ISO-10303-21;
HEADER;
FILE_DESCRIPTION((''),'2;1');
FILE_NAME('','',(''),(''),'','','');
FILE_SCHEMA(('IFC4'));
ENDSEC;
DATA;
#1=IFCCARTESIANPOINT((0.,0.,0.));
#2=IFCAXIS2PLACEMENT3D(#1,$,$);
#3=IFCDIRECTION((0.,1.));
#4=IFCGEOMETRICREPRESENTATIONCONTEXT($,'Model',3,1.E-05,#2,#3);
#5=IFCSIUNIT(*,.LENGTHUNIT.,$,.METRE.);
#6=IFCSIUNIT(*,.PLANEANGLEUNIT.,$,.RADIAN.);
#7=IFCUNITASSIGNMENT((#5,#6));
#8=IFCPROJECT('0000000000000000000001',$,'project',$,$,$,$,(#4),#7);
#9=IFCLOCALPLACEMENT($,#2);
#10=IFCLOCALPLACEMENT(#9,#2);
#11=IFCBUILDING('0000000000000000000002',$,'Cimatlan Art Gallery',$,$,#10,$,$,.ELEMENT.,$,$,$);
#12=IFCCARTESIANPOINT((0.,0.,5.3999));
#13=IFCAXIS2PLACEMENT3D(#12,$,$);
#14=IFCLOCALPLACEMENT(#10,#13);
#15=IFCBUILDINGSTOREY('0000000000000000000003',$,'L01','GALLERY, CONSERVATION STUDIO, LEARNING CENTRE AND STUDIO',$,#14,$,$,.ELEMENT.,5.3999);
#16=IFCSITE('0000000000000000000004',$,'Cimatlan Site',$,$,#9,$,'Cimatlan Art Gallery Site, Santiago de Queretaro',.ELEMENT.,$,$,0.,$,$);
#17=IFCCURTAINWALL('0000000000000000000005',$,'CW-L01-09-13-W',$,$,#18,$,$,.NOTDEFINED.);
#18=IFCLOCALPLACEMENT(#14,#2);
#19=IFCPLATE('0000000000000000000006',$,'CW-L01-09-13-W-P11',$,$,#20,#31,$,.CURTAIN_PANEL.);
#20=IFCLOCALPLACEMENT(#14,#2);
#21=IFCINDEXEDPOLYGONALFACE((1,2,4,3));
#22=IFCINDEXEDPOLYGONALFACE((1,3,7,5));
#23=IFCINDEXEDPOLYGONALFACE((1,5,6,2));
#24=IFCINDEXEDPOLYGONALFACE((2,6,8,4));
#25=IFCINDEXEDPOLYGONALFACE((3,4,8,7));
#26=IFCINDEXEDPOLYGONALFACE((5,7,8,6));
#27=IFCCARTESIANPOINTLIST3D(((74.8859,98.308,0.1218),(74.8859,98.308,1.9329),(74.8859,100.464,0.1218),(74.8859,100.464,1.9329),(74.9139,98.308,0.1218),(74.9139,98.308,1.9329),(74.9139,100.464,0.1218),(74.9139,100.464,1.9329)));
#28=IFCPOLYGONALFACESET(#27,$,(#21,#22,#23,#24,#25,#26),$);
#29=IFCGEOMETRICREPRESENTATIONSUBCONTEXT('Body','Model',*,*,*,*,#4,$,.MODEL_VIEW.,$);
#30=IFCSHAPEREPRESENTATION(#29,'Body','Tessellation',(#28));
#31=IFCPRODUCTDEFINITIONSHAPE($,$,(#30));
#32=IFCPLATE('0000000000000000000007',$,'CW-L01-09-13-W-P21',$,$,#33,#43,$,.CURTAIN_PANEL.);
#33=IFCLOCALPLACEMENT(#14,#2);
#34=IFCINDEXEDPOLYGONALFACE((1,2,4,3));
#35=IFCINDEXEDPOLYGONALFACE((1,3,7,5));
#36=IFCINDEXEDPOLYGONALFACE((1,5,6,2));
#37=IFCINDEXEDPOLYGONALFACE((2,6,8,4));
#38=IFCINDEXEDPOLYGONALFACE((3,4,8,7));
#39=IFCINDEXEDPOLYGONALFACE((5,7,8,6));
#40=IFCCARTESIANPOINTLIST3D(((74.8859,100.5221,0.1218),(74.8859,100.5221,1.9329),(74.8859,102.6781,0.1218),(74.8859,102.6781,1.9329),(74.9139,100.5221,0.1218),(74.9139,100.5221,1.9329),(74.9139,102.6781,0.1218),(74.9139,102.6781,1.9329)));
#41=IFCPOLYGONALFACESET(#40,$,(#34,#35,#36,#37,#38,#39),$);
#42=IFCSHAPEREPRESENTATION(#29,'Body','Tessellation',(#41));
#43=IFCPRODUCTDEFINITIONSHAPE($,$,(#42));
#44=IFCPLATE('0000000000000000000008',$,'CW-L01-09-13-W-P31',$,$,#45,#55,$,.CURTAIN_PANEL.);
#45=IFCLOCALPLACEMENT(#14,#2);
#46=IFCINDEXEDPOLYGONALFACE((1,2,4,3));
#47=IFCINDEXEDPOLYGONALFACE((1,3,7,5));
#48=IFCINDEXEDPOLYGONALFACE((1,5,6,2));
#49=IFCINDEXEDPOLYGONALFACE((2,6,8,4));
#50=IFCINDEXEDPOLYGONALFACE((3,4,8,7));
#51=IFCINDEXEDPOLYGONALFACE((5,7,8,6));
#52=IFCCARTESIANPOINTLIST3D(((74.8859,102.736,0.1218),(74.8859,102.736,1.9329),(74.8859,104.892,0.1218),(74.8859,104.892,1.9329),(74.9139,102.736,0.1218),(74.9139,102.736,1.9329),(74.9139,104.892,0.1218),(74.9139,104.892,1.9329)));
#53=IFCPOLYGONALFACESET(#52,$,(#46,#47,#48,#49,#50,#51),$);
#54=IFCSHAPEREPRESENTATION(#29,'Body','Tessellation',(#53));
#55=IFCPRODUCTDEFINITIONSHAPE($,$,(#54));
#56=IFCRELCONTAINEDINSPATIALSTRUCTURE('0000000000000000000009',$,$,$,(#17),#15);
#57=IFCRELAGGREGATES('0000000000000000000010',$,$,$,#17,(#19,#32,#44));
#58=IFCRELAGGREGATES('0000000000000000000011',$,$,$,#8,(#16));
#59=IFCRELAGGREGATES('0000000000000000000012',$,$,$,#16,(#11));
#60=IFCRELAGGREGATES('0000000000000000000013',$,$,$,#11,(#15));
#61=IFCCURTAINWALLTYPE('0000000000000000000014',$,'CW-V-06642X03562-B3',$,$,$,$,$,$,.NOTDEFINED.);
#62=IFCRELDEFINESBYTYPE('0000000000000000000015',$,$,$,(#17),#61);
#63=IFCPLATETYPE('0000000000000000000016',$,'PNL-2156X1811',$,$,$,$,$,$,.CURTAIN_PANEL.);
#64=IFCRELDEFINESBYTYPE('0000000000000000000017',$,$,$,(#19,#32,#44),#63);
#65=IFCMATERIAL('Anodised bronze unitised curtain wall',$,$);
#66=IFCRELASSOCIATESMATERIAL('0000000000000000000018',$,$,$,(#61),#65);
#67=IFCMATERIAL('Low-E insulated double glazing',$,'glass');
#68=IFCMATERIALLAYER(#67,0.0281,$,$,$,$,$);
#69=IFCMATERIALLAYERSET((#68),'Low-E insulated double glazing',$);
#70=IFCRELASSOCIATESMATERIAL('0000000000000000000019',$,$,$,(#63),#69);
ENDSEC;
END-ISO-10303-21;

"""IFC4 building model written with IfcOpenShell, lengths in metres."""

from ifc_helpers import new_model, si_unit, direction, frame, origin, origin_2d, place, context, subcontext, project, spatial, rectangle, extrude, material, layer, layer_set, type_object, element, aggregate, save


model = new_model("IFC4")

# Units and contexts
model_context = context("Model", 3, precision=1e-05, world=origin(), true_north=direction((0.0, 1.0)))
body_context = subcontext(model_context, "Body", "Model", "MODEL_VIEW")
ifc_project = project(units=[si_unit("LENGTHUNIT", "METRE"), si_unit("PLANEANGLEUNIT", "RADIAN")], contexts=[model_context])

# Site, building, storey
site_placement = place(None, origin())
site = spatial("IfcSite", under=ifc_project, at=site_placement, Name="Cimatlan Site", LongName="Cimatlan Art Gallery Site, Santiago de Queretaro", CompositionType="ELEMENT", RefElevation=0.0)
building_placement = place(site_placement, origin())
building = spatial("IfcBuilding", under=site, at=building_placement, Name="Cimatlan Art Gallery", CompositionType="ELEMENT")
storey_placement = place(building_placement, frame((0.0, 0.0, 5.3999)))
storey = spatial("IfcBuildingStorey", under=building, at=storey_placement, Name="L01", Description="GALLERY, CONSERVATION STUDIO, LEARNING CENTRE AND STUDIO", CompositionType="ELEMENT", Elevation=5.3999)

# Curtain wall
ifc_material_1 = material(Name="Anodised bronze unitised curtain wall")
curtain_wall_type_1 = type_object("IfcCurtainWallType", Name="CW-V-06642X03562-B3", PredefinedType="NOTDEFINED", material=ifc_material_1)
curtain_wall_1_placement = place(storey_placement, origin())
curtain_wall_1 = element("IfcCurtainWall", 1, at=curtain_wall_1_placement, inside=storey, type_object=curtain_wall_type_1, Name="CW-L01-09-13-W", PredefinedType="NOTDEFINED")

# Shared definitions
ifc_material_2 = material(Name="Low-E insulated double glazing", Category="glass")

# Plates
ifc_layer_1 = layer(ifc_material_2, 0.0281)
ifc_layer_set_1 = layer_set([ifc_layer_1], Name="Low-E insulated double glazing")
plate_type_1 = type_object("IfcPlateType", Name="PNL-2156X1811", PredefinedType="CURTAIN_PANEL", material=ifc_layer_set_1)
plate_1_placement = place(storey_placement, frame((74.8999, 99.386, 0.1218), z_axis=(0.0, 0.0, 1.0), x_axis=(0.0, 1.0, 0.0)))
plate_1 = element("IfcPlate", 2, at=plate_1_placement, type_object=plate_type_1, Name="CW-L01-09-13-W-P11", PredefinedType="CURTAIN_PANEL", context=body_context, shape_type="SweptSolid", body=[
    extrude(rectangle(XDim=2.156, YDim=0.0281, at=origin_2d()), origin(), (0.0, 0.0, 1.0), 1.811),
])
plate_2_placement = place(storey_placement, frame((74.8999, 101.6001, 0.1218), z_axis=(0.0, 0.0, 1.0), x_axis=(0.0, 1.0, 0.0)))
plate_2 = element("IfcPlate", 3, at=plate_2_placement, type_object=plate_type_1, Name="CW-L01-09-13-W-P21", PredefinedType="CURTAIN_PANEL", context=body_context, shape_type="SweptSolid", body=[
    extrude(rectangle(XDim=2.156, YDim=0.0281, at=origin_2d()), origin(), (0.0, 0.0, 1.0), 1.811),
])
plate_3_placement = place(storey_placement, frame((74.8999, 103.814, 0.1218), z_axis=(0.0, 0.0, 1.0), x_axis=(0.0, 1.0, 0.0)))
plate_3 = element("IfcPlate", 4, at=plate_3_placement, type_object=plate_type_1, Name="CW-L01-09-13-W-P31", PredefinedType="CURTAIN_PANEL", context=body_context, shape_type="SweptSolid", body=[
    extrude(rectangle(XDim=2.156, YDim=0.0281, at=origin_2d()), origin(), (0.0, 0.0, 1.0), 1.811),
])
aggregate(curtain_wall_1, [plate_1, plate_2, plate_3])

save(model, "model.ifc")
